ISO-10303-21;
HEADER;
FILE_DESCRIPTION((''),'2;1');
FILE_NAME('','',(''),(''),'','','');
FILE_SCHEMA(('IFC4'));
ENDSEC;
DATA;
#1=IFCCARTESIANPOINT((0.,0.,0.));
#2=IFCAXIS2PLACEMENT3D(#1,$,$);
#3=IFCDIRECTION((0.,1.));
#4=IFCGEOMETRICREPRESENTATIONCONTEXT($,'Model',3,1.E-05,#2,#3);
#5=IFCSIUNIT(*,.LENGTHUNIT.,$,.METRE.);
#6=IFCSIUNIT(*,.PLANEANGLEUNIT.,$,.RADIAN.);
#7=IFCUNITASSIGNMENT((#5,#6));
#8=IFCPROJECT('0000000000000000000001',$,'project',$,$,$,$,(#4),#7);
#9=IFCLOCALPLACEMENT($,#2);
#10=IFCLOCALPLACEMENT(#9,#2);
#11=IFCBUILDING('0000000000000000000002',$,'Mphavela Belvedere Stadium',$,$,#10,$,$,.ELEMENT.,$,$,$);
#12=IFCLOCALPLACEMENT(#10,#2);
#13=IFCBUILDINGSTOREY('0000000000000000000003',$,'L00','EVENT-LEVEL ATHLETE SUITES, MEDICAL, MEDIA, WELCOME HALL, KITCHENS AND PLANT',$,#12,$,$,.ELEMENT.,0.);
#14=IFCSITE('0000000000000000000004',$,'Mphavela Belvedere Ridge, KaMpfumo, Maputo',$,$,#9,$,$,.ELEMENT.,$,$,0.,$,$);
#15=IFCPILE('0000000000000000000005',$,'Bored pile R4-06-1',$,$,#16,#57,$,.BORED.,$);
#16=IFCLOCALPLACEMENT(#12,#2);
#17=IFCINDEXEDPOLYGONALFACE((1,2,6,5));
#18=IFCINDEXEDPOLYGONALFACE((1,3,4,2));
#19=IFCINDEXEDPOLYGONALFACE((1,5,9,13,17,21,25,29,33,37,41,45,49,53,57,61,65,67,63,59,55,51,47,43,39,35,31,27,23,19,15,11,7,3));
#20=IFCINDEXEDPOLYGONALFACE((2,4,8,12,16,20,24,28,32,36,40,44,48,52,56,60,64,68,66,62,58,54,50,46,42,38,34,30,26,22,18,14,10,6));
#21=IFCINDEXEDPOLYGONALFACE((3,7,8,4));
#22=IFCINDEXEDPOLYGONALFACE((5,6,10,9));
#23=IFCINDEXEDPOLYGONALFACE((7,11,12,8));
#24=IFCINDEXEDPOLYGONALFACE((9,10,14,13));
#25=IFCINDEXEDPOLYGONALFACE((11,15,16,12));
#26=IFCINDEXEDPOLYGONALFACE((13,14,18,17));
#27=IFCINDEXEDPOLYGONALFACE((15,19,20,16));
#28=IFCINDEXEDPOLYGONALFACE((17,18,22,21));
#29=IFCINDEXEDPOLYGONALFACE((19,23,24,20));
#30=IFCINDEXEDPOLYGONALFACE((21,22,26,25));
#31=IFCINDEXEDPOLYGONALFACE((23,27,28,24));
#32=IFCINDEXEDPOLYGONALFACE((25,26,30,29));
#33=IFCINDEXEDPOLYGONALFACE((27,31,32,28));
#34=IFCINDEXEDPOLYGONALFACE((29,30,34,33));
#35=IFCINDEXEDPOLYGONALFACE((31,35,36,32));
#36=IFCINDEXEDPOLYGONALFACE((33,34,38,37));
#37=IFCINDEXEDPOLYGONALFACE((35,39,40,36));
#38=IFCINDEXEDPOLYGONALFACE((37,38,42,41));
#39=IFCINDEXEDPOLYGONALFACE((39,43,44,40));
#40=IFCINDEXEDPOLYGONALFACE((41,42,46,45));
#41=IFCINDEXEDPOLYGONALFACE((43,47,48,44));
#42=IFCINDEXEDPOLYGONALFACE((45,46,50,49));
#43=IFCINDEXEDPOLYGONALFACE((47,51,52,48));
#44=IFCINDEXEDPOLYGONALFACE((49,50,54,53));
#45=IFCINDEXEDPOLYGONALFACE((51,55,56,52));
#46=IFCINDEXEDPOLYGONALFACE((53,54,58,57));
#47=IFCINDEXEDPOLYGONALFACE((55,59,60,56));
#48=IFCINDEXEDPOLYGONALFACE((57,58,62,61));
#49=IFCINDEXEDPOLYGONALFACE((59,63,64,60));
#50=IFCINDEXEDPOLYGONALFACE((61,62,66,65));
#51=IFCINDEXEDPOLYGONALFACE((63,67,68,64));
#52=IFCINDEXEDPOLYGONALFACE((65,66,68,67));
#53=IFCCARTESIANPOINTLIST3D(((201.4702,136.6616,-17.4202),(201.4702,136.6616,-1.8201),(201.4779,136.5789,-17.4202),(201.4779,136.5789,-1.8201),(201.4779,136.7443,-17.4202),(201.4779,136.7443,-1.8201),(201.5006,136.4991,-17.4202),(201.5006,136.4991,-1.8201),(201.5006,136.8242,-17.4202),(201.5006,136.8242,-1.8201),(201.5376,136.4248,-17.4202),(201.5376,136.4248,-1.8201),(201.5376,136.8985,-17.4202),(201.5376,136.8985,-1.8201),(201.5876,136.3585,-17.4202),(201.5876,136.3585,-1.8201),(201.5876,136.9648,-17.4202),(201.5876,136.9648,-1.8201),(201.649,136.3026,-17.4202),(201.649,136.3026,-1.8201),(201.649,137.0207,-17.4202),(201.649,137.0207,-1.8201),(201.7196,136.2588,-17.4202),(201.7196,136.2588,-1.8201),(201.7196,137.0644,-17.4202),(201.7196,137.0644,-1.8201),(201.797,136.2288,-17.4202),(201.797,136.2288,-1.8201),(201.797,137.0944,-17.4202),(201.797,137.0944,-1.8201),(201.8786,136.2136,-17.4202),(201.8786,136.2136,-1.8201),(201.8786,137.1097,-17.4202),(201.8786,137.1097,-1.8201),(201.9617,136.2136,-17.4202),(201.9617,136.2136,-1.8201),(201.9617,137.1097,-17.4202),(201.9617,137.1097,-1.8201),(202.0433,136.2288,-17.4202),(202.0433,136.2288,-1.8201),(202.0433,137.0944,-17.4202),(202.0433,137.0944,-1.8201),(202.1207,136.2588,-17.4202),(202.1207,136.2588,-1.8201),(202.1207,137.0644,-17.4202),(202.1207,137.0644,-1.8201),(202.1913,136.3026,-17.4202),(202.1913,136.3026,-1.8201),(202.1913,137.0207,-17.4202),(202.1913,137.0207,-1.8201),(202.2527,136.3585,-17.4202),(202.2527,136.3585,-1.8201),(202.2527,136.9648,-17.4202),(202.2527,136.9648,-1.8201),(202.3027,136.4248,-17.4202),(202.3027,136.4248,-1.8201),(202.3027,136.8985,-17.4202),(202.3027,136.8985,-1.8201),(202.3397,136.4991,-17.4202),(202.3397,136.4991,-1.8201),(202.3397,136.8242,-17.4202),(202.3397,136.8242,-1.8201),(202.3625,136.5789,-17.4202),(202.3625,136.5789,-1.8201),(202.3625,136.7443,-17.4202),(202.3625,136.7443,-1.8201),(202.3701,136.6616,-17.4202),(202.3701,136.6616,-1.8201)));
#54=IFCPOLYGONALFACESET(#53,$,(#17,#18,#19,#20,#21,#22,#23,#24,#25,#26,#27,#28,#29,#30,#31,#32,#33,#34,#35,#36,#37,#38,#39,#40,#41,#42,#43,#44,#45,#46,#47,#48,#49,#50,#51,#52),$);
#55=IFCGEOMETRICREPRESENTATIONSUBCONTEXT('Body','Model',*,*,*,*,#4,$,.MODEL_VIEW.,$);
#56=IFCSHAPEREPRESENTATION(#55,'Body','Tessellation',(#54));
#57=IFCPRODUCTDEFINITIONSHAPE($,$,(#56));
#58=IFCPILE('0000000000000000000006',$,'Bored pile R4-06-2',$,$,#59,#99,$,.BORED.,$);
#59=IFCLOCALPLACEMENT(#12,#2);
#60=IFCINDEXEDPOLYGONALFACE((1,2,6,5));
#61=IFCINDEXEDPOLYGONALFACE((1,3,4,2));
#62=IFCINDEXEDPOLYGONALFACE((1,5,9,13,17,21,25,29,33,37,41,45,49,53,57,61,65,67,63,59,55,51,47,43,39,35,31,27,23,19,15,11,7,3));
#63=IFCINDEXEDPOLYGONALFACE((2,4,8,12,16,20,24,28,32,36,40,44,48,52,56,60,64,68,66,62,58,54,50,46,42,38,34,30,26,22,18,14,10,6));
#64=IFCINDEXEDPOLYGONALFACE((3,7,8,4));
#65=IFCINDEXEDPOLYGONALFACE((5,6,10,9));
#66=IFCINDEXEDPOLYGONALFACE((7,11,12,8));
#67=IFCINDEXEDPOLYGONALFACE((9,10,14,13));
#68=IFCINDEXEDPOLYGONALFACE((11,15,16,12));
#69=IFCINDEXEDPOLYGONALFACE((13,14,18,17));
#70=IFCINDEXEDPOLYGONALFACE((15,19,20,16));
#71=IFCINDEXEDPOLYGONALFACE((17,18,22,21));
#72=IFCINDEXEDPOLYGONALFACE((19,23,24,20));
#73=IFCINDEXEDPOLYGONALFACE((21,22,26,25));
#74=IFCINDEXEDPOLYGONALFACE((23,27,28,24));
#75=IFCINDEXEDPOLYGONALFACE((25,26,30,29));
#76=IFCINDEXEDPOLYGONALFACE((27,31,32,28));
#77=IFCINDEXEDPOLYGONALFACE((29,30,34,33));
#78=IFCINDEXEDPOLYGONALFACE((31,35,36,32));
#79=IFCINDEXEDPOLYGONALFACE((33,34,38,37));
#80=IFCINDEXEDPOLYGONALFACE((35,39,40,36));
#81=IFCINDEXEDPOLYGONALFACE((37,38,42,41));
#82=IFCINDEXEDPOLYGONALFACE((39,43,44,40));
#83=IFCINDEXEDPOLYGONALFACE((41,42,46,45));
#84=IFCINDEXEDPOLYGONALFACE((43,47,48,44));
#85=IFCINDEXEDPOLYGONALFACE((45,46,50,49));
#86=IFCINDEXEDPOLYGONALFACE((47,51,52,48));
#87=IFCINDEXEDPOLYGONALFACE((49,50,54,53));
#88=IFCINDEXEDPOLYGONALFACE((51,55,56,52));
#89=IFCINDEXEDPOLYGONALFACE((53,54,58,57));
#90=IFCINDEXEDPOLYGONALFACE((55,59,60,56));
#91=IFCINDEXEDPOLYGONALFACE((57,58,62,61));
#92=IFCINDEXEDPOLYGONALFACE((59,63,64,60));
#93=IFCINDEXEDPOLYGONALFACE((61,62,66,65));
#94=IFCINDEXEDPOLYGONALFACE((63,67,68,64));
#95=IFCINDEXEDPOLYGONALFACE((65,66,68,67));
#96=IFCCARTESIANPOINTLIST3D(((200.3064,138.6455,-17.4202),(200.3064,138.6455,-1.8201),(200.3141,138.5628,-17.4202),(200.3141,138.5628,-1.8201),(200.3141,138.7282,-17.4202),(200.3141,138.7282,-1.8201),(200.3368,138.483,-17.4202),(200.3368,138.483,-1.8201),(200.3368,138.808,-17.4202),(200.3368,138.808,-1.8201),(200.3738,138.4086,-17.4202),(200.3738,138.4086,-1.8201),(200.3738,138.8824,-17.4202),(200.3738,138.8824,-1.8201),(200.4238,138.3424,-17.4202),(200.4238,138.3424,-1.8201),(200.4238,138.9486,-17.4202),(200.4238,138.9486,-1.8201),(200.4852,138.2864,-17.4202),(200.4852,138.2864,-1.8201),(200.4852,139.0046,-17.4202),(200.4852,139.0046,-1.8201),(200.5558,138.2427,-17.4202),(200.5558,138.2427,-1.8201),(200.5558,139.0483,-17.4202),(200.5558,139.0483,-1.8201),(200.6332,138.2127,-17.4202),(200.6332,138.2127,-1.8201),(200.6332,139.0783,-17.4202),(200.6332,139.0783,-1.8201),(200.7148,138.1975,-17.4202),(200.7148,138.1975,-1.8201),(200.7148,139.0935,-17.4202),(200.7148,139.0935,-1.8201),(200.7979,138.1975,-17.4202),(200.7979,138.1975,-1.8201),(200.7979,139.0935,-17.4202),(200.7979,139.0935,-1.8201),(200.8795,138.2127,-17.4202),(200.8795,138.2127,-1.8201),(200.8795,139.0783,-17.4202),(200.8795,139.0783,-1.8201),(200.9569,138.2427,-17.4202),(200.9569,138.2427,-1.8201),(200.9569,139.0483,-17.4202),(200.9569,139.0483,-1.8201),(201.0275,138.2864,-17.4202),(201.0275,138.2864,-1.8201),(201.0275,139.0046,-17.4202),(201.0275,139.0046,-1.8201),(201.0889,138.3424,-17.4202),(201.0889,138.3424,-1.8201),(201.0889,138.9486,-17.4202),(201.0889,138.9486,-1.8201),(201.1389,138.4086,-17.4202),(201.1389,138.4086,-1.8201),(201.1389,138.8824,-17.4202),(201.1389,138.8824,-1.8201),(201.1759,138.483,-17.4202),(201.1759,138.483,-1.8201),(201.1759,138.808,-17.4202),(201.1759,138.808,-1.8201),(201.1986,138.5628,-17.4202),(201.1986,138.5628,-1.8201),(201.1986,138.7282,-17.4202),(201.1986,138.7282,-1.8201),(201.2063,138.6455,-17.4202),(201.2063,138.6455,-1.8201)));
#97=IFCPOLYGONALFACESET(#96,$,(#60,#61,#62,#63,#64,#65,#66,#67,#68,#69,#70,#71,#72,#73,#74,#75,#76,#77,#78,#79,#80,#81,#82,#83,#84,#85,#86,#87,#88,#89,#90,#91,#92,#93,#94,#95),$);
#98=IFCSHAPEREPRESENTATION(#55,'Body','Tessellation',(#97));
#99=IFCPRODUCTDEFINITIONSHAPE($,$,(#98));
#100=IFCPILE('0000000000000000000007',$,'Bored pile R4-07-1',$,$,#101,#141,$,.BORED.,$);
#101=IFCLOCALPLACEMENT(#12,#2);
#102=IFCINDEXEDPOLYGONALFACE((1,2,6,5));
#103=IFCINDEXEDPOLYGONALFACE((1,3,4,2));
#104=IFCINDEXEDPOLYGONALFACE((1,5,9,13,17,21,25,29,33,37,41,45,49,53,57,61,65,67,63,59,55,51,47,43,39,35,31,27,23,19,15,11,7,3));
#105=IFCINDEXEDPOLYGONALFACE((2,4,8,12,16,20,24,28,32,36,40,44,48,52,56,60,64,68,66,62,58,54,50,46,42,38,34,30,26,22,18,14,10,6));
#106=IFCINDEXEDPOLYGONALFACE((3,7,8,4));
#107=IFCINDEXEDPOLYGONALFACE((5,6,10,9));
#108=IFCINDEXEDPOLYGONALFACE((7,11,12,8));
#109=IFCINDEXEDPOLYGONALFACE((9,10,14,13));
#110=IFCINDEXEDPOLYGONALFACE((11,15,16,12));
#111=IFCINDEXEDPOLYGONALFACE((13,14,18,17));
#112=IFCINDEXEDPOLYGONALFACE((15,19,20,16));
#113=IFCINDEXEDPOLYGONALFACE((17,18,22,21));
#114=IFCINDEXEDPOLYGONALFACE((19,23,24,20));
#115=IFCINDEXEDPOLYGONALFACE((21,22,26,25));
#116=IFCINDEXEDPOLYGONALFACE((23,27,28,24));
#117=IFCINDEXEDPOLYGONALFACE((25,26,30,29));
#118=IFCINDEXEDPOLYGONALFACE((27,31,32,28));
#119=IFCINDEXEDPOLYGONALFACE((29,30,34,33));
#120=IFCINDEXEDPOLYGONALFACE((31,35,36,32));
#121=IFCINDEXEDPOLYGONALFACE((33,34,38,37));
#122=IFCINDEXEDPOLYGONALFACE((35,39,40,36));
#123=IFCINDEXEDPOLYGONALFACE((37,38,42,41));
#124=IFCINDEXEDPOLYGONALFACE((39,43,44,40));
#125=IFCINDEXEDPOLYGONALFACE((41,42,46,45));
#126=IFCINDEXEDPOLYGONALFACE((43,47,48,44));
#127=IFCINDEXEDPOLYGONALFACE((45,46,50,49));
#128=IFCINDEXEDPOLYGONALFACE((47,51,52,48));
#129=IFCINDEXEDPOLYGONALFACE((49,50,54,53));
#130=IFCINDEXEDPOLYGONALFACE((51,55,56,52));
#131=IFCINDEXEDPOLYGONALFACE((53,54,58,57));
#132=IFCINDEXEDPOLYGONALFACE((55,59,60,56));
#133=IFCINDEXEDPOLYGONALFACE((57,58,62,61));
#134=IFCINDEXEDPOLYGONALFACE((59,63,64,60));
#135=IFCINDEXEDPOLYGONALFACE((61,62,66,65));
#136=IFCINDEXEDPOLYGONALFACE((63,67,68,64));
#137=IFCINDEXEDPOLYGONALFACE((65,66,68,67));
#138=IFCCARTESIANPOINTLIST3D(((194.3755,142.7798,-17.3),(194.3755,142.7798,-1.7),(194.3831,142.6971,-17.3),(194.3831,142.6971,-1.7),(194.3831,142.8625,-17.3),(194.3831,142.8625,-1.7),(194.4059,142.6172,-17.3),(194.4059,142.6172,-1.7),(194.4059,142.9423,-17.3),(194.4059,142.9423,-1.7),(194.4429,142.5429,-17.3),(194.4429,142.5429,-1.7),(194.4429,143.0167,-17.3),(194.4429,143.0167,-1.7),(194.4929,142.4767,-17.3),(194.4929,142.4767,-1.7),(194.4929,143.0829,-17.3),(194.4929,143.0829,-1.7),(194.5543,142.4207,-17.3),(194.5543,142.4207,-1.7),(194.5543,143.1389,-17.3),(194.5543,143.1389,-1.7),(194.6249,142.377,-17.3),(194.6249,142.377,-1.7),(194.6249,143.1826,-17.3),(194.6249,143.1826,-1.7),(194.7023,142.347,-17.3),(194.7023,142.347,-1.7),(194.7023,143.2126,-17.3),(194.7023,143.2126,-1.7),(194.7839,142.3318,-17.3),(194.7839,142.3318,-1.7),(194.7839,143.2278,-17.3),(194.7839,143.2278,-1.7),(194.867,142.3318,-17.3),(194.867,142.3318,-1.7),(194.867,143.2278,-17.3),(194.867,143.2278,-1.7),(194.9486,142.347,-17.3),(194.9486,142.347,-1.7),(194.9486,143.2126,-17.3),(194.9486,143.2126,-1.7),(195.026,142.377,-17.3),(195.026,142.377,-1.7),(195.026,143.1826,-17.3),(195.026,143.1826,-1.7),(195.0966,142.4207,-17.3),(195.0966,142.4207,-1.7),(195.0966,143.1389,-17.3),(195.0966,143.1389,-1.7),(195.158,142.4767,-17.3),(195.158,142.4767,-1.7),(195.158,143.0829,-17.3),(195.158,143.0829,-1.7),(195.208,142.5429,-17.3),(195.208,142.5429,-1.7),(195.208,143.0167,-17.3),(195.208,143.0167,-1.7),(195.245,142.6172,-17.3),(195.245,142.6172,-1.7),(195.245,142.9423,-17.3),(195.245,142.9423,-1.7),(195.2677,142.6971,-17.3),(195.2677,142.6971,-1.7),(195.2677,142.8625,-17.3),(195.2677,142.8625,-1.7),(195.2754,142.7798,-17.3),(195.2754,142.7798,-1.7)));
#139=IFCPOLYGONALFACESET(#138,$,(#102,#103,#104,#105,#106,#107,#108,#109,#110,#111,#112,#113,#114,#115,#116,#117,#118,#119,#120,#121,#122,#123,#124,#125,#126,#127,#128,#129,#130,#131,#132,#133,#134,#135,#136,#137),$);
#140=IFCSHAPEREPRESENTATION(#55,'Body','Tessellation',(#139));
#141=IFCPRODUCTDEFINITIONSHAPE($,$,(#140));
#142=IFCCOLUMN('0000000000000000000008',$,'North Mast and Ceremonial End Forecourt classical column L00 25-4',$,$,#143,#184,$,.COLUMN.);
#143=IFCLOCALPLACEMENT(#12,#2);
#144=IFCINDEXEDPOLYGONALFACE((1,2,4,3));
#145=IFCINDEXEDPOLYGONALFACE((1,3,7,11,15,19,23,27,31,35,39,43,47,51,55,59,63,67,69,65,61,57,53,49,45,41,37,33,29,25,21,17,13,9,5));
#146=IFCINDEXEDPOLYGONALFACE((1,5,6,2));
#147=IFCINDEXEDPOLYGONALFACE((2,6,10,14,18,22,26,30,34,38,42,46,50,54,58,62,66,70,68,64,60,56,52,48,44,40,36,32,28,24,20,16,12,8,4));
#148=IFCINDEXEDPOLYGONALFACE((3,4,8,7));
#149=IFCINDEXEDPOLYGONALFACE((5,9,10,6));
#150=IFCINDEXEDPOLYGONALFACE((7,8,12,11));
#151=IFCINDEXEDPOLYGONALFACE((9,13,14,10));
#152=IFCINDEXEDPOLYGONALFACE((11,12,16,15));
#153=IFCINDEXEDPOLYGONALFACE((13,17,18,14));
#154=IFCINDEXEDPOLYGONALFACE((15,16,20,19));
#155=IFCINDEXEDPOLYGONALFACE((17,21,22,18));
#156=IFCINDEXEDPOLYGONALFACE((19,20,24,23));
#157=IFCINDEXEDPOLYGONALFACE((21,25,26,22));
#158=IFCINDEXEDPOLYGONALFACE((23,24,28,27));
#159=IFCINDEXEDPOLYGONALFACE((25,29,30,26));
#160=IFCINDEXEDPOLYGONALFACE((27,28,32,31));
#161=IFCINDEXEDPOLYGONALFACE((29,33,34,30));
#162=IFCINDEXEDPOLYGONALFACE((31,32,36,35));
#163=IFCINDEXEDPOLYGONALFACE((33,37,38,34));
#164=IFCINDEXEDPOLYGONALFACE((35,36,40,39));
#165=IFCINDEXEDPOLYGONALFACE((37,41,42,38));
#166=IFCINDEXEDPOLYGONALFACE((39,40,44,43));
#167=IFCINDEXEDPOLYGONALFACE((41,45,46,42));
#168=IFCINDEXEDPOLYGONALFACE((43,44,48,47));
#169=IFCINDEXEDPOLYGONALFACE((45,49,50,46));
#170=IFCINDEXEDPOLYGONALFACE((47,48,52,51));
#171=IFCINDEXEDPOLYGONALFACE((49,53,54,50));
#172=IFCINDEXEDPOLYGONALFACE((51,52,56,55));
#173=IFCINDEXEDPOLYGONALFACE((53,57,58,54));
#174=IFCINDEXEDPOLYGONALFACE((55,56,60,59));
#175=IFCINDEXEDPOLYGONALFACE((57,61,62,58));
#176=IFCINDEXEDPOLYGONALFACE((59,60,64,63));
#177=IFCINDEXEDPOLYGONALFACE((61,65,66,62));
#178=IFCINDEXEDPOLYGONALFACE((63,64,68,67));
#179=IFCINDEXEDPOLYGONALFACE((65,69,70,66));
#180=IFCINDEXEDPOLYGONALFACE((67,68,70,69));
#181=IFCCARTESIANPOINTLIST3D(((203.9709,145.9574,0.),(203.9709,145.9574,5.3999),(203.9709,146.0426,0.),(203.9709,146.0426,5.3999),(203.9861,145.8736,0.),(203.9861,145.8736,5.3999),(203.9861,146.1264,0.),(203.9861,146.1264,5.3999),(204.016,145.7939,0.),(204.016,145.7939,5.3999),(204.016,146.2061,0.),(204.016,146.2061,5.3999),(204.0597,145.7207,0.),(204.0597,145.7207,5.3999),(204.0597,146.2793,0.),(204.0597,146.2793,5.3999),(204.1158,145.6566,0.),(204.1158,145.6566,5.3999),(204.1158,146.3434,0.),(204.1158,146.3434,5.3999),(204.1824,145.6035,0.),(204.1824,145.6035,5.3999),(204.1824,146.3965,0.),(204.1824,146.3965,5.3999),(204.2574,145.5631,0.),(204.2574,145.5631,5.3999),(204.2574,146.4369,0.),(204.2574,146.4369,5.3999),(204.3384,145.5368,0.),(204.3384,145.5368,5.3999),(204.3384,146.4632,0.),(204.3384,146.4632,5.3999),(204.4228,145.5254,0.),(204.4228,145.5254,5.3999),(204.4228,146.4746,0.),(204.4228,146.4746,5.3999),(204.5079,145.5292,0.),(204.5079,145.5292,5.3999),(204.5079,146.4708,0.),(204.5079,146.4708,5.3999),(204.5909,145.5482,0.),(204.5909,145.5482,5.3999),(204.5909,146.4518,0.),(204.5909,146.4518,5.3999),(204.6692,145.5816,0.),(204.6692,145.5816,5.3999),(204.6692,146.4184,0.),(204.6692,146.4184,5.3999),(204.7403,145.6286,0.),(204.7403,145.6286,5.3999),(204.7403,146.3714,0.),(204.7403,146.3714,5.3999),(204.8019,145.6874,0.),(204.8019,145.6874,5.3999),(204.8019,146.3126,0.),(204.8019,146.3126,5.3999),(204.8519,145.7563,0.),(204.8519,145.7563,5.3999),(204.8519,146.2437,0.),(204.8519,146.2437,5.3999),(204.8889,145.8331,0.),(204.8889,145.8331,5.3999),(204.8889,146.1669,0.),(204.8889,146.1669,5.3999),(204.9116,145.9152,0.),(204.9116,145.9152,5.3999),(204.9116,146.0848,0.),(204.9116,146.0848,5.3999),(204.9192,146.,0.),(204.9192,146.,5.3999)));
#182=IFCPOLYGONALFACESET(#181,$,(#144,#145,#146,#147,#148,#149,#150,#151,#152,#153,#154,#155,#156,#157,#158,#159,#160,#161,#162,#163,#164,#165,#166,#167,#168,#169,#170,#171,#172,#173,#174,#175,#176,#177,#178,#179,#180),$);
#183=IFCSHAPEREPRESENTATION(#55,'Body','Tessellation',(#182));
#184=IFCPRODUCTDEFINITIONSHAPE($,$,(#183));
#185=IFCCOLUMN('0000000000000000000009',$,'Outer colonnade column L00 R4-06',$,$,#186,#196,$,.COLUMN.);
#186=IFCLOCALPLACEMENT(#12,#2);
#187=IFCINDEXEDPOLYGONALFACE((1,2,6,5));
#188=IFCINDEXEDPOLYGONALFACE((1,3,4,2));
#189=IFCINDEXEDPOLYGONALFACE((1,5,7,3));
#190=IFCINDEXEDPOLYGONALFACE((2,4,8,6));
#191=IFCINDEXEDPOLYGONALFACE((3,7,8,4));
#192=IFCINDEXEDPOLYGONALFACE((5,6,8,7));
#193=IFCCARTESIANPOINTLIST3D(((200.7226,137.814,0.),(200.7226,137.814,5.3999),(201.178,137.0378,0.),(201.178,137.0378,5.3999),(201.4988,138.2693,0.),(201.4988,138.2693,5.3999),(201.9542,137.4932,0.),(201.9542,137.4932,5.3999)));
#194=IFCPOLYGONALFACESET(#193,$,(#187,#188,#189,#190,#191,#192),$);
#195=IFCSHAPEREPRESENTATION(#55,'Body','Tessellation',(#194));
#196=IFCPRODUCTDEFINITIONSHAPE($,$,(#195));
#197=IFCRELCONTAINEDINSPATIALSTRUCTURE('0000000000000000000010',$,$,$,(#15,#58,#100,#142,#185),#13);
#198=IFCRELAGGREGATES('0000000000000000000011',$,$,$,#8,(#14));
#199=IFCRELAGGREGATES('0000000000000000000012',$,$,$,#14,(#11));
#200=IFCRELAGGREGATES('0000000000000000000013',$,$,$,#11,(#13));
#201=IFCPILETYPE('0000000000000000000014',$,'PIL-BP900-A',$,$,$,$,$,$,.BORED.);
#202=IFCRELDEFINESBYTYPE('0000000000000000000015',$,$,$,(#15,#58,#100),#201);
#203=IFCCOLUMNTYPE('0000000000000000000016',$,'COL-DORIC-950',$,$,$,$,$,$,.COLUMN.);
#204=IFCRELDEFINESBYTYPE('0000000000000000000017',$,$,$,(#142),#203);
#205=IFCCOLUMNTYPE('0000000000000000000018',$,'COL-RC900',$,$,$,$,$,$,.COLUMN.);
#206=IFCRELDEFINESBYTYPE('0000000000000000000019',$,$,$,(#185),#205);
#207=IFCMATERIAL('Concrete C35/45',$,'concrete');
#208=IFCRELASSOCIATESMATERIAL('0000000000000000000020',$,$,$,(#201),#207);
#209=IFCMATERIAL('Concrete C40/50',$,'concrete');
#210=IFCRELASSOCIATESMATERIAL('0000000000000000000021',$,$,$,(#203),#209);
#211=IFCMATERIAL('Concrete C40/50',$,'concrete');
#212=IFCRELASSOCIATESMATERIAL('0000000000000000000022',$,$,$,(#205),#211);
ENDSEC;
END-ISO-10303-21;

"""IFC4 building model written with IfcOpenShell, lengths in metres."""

from ifc_helpers import new_model, si_unit, direction, frame, origin, origin_2d, place, context, subcontext, project, spatial, rectangle, circle, extrude, material, material_profile, profile_set, type_object, element, save


model = new_model("IFC4")

# Units and contexts
model_context = context("Model", 3, precision=1e-05, world=origin(), true_north=direction((0.0, 1.0)))
body_context = subcontext(model_context, "Body", "Model", "MODEL_VIEW")
ifc_project = project(units=[si_unit("LENGTHUNIT", "METRE"), si_unit("PLANEANGLEUNIT", "RADIAN")], contexts=[model_context])

# Site, building, storey
site_placement = place(None, origin())
site = spatial("IfcSite", under=ifc_project, at=site_placement, Name="Mphavela Belvedere Ridge, KaMpfumo, Maputo", CompositionType="ELEMENT", RefElevation=0.0)
building_placement = place(site_placement, origin())
building = spatial("IfcBuilding", under=site, at=building_placement, Name="Mphavela Belvedere Stadium", CompositionType="ELEMENT")
storey_placement = place(building_placement, origin())
storey = spatial("IfcBuildingStorey", under=building, at=storey_placement, Name="L00", Description="EVENT-LEVEL ATHLETE SUITES, MEDICAL, MEDIA, WELCOME HALL, KITCHENS AND PLANT", CompositionType="ELEMENT", Elevation=0.0)

# Piles
ifc_material_1 = material(Name="Concrete C35/45", Category="concrete")
ifc_material_profile_1 = material_profile(ifc_material_1, circle(Radius=0.45, at=origin_2d()), Name="BP D900")
ifc_profile_set_1 = profile_set([ifc_material_profile_1], Name="Concrete C35/45")
pile_type_1 = type_object("IfcPileType", Name="PIL-BP900-A", PredefinedType="BORED", material=ifc_profile_set_1)
for number, where, z_axis, x_axis, name in (
    (1, (201.9202, 136.6616, -1.8201), (0.0, 0.0, -1.0), (1.0, 0.0, 0.0), "Bored pile R4-06-1"),
    (2, (200.7563, 138.6455, -1.8201), (0.0, 0.0, -1.0), (1.0, 0.0, 0.0), "Bored pile R4-06-2"),
    (3, (194.8254, 142.7798, -1.7), (0.0, 0.0, -1.0), (1.0, 0.0, 0.0), "Bored pile R4-07-1"),
):
    element("IfcPile", number, at=place(storey_placement, frame(where, z_axis=z_axis, x_axis=x_axis)), inside=storey, type_object=pile_type_1, Name=name, PredefinedType="BORED", context=body_context, shape_type="SweptSolid", body=[
        extrude(circle(Radius=0.45, at=origin_2d()), origin(), (0.0, 0.0, 1.0), 15.6001),
    ])

# Columns
ifc_material_2 = material(Name="Concrete C40/50", Category="concrete")
ifc_material_profile_2 = material_profile(ifc_material_2, circle(Radius=0.4751, at=origin_2d()), Name="COL D950")
ifc_profile_set_2 = profile_set([ifc_material_profile_2], Name="Concrete C40/50")
column_type_1 = type_object("IfcColumnType", Name="COL-DORIC-950", PredefinedType="COLUMN", material=ifc_profile_set_2)
column_1_placement = place(storey_placement, frame((204.4441, 146.0, 0.0), z_axis=(0.0, 0.0, 1.0), x_axis=(1.0, 0.0, 0.0)))
element("IfcColumn", 4, at=column_1_placement, inside=storey, type_object=column_type_1, Name="North Mast and Ceremonial End Forecourt classical column L00 25-4", PredefinedType="COLUMN", context=body_context, shape_type="SweptSolid", body=[
    extrude(circle(Radius=0.4751, at=origin_2d()), origin(), (0.0, 0.0, 1.0), 5.3999),
])
ifc_material_3 = material(Name="Concrete C40/50", Category="concrete")
ifc_material_profile_3 = material_profile(ifc_material_3, rectangle(XDim=0.8999, YDim=0.8999, at=origin_2d()), Name="RC 900x900")
ifc_profile_set_3 = profile_set([ifc_material_profile_3], Name="Concrete C40/50")
column_type_2 = type_object("IfcColumnType", Name="COL-RC900", PredefinedType="COLUMN", material=ifc_profile_set_3)
for number, where, z_axis, x_axis, name in (
    (5, (201.3384, 137.6536, 0.0), (0.0, 0.0, 1.0), (0.862514, 0.506034, 0.0), "Outer colonnade column L00 R4-06"),
):
    element("IfcColumn", number, at=place(storey_placement, frame(where, z_axis=z_axis, x_axis=x_axis)), inside=storey, type_object=column_type_2, Name=name, PredefinedType="COLUMN", context=body_context, shape_type="SweptSolid", body=[
        extrude(rectangle(XDim=0.8999, YDim=0.8999, at=origin_2d()), origin(), (0.0, 0.0, 1.0), 5.3999),
    ])

save(model, "model.ifc")
